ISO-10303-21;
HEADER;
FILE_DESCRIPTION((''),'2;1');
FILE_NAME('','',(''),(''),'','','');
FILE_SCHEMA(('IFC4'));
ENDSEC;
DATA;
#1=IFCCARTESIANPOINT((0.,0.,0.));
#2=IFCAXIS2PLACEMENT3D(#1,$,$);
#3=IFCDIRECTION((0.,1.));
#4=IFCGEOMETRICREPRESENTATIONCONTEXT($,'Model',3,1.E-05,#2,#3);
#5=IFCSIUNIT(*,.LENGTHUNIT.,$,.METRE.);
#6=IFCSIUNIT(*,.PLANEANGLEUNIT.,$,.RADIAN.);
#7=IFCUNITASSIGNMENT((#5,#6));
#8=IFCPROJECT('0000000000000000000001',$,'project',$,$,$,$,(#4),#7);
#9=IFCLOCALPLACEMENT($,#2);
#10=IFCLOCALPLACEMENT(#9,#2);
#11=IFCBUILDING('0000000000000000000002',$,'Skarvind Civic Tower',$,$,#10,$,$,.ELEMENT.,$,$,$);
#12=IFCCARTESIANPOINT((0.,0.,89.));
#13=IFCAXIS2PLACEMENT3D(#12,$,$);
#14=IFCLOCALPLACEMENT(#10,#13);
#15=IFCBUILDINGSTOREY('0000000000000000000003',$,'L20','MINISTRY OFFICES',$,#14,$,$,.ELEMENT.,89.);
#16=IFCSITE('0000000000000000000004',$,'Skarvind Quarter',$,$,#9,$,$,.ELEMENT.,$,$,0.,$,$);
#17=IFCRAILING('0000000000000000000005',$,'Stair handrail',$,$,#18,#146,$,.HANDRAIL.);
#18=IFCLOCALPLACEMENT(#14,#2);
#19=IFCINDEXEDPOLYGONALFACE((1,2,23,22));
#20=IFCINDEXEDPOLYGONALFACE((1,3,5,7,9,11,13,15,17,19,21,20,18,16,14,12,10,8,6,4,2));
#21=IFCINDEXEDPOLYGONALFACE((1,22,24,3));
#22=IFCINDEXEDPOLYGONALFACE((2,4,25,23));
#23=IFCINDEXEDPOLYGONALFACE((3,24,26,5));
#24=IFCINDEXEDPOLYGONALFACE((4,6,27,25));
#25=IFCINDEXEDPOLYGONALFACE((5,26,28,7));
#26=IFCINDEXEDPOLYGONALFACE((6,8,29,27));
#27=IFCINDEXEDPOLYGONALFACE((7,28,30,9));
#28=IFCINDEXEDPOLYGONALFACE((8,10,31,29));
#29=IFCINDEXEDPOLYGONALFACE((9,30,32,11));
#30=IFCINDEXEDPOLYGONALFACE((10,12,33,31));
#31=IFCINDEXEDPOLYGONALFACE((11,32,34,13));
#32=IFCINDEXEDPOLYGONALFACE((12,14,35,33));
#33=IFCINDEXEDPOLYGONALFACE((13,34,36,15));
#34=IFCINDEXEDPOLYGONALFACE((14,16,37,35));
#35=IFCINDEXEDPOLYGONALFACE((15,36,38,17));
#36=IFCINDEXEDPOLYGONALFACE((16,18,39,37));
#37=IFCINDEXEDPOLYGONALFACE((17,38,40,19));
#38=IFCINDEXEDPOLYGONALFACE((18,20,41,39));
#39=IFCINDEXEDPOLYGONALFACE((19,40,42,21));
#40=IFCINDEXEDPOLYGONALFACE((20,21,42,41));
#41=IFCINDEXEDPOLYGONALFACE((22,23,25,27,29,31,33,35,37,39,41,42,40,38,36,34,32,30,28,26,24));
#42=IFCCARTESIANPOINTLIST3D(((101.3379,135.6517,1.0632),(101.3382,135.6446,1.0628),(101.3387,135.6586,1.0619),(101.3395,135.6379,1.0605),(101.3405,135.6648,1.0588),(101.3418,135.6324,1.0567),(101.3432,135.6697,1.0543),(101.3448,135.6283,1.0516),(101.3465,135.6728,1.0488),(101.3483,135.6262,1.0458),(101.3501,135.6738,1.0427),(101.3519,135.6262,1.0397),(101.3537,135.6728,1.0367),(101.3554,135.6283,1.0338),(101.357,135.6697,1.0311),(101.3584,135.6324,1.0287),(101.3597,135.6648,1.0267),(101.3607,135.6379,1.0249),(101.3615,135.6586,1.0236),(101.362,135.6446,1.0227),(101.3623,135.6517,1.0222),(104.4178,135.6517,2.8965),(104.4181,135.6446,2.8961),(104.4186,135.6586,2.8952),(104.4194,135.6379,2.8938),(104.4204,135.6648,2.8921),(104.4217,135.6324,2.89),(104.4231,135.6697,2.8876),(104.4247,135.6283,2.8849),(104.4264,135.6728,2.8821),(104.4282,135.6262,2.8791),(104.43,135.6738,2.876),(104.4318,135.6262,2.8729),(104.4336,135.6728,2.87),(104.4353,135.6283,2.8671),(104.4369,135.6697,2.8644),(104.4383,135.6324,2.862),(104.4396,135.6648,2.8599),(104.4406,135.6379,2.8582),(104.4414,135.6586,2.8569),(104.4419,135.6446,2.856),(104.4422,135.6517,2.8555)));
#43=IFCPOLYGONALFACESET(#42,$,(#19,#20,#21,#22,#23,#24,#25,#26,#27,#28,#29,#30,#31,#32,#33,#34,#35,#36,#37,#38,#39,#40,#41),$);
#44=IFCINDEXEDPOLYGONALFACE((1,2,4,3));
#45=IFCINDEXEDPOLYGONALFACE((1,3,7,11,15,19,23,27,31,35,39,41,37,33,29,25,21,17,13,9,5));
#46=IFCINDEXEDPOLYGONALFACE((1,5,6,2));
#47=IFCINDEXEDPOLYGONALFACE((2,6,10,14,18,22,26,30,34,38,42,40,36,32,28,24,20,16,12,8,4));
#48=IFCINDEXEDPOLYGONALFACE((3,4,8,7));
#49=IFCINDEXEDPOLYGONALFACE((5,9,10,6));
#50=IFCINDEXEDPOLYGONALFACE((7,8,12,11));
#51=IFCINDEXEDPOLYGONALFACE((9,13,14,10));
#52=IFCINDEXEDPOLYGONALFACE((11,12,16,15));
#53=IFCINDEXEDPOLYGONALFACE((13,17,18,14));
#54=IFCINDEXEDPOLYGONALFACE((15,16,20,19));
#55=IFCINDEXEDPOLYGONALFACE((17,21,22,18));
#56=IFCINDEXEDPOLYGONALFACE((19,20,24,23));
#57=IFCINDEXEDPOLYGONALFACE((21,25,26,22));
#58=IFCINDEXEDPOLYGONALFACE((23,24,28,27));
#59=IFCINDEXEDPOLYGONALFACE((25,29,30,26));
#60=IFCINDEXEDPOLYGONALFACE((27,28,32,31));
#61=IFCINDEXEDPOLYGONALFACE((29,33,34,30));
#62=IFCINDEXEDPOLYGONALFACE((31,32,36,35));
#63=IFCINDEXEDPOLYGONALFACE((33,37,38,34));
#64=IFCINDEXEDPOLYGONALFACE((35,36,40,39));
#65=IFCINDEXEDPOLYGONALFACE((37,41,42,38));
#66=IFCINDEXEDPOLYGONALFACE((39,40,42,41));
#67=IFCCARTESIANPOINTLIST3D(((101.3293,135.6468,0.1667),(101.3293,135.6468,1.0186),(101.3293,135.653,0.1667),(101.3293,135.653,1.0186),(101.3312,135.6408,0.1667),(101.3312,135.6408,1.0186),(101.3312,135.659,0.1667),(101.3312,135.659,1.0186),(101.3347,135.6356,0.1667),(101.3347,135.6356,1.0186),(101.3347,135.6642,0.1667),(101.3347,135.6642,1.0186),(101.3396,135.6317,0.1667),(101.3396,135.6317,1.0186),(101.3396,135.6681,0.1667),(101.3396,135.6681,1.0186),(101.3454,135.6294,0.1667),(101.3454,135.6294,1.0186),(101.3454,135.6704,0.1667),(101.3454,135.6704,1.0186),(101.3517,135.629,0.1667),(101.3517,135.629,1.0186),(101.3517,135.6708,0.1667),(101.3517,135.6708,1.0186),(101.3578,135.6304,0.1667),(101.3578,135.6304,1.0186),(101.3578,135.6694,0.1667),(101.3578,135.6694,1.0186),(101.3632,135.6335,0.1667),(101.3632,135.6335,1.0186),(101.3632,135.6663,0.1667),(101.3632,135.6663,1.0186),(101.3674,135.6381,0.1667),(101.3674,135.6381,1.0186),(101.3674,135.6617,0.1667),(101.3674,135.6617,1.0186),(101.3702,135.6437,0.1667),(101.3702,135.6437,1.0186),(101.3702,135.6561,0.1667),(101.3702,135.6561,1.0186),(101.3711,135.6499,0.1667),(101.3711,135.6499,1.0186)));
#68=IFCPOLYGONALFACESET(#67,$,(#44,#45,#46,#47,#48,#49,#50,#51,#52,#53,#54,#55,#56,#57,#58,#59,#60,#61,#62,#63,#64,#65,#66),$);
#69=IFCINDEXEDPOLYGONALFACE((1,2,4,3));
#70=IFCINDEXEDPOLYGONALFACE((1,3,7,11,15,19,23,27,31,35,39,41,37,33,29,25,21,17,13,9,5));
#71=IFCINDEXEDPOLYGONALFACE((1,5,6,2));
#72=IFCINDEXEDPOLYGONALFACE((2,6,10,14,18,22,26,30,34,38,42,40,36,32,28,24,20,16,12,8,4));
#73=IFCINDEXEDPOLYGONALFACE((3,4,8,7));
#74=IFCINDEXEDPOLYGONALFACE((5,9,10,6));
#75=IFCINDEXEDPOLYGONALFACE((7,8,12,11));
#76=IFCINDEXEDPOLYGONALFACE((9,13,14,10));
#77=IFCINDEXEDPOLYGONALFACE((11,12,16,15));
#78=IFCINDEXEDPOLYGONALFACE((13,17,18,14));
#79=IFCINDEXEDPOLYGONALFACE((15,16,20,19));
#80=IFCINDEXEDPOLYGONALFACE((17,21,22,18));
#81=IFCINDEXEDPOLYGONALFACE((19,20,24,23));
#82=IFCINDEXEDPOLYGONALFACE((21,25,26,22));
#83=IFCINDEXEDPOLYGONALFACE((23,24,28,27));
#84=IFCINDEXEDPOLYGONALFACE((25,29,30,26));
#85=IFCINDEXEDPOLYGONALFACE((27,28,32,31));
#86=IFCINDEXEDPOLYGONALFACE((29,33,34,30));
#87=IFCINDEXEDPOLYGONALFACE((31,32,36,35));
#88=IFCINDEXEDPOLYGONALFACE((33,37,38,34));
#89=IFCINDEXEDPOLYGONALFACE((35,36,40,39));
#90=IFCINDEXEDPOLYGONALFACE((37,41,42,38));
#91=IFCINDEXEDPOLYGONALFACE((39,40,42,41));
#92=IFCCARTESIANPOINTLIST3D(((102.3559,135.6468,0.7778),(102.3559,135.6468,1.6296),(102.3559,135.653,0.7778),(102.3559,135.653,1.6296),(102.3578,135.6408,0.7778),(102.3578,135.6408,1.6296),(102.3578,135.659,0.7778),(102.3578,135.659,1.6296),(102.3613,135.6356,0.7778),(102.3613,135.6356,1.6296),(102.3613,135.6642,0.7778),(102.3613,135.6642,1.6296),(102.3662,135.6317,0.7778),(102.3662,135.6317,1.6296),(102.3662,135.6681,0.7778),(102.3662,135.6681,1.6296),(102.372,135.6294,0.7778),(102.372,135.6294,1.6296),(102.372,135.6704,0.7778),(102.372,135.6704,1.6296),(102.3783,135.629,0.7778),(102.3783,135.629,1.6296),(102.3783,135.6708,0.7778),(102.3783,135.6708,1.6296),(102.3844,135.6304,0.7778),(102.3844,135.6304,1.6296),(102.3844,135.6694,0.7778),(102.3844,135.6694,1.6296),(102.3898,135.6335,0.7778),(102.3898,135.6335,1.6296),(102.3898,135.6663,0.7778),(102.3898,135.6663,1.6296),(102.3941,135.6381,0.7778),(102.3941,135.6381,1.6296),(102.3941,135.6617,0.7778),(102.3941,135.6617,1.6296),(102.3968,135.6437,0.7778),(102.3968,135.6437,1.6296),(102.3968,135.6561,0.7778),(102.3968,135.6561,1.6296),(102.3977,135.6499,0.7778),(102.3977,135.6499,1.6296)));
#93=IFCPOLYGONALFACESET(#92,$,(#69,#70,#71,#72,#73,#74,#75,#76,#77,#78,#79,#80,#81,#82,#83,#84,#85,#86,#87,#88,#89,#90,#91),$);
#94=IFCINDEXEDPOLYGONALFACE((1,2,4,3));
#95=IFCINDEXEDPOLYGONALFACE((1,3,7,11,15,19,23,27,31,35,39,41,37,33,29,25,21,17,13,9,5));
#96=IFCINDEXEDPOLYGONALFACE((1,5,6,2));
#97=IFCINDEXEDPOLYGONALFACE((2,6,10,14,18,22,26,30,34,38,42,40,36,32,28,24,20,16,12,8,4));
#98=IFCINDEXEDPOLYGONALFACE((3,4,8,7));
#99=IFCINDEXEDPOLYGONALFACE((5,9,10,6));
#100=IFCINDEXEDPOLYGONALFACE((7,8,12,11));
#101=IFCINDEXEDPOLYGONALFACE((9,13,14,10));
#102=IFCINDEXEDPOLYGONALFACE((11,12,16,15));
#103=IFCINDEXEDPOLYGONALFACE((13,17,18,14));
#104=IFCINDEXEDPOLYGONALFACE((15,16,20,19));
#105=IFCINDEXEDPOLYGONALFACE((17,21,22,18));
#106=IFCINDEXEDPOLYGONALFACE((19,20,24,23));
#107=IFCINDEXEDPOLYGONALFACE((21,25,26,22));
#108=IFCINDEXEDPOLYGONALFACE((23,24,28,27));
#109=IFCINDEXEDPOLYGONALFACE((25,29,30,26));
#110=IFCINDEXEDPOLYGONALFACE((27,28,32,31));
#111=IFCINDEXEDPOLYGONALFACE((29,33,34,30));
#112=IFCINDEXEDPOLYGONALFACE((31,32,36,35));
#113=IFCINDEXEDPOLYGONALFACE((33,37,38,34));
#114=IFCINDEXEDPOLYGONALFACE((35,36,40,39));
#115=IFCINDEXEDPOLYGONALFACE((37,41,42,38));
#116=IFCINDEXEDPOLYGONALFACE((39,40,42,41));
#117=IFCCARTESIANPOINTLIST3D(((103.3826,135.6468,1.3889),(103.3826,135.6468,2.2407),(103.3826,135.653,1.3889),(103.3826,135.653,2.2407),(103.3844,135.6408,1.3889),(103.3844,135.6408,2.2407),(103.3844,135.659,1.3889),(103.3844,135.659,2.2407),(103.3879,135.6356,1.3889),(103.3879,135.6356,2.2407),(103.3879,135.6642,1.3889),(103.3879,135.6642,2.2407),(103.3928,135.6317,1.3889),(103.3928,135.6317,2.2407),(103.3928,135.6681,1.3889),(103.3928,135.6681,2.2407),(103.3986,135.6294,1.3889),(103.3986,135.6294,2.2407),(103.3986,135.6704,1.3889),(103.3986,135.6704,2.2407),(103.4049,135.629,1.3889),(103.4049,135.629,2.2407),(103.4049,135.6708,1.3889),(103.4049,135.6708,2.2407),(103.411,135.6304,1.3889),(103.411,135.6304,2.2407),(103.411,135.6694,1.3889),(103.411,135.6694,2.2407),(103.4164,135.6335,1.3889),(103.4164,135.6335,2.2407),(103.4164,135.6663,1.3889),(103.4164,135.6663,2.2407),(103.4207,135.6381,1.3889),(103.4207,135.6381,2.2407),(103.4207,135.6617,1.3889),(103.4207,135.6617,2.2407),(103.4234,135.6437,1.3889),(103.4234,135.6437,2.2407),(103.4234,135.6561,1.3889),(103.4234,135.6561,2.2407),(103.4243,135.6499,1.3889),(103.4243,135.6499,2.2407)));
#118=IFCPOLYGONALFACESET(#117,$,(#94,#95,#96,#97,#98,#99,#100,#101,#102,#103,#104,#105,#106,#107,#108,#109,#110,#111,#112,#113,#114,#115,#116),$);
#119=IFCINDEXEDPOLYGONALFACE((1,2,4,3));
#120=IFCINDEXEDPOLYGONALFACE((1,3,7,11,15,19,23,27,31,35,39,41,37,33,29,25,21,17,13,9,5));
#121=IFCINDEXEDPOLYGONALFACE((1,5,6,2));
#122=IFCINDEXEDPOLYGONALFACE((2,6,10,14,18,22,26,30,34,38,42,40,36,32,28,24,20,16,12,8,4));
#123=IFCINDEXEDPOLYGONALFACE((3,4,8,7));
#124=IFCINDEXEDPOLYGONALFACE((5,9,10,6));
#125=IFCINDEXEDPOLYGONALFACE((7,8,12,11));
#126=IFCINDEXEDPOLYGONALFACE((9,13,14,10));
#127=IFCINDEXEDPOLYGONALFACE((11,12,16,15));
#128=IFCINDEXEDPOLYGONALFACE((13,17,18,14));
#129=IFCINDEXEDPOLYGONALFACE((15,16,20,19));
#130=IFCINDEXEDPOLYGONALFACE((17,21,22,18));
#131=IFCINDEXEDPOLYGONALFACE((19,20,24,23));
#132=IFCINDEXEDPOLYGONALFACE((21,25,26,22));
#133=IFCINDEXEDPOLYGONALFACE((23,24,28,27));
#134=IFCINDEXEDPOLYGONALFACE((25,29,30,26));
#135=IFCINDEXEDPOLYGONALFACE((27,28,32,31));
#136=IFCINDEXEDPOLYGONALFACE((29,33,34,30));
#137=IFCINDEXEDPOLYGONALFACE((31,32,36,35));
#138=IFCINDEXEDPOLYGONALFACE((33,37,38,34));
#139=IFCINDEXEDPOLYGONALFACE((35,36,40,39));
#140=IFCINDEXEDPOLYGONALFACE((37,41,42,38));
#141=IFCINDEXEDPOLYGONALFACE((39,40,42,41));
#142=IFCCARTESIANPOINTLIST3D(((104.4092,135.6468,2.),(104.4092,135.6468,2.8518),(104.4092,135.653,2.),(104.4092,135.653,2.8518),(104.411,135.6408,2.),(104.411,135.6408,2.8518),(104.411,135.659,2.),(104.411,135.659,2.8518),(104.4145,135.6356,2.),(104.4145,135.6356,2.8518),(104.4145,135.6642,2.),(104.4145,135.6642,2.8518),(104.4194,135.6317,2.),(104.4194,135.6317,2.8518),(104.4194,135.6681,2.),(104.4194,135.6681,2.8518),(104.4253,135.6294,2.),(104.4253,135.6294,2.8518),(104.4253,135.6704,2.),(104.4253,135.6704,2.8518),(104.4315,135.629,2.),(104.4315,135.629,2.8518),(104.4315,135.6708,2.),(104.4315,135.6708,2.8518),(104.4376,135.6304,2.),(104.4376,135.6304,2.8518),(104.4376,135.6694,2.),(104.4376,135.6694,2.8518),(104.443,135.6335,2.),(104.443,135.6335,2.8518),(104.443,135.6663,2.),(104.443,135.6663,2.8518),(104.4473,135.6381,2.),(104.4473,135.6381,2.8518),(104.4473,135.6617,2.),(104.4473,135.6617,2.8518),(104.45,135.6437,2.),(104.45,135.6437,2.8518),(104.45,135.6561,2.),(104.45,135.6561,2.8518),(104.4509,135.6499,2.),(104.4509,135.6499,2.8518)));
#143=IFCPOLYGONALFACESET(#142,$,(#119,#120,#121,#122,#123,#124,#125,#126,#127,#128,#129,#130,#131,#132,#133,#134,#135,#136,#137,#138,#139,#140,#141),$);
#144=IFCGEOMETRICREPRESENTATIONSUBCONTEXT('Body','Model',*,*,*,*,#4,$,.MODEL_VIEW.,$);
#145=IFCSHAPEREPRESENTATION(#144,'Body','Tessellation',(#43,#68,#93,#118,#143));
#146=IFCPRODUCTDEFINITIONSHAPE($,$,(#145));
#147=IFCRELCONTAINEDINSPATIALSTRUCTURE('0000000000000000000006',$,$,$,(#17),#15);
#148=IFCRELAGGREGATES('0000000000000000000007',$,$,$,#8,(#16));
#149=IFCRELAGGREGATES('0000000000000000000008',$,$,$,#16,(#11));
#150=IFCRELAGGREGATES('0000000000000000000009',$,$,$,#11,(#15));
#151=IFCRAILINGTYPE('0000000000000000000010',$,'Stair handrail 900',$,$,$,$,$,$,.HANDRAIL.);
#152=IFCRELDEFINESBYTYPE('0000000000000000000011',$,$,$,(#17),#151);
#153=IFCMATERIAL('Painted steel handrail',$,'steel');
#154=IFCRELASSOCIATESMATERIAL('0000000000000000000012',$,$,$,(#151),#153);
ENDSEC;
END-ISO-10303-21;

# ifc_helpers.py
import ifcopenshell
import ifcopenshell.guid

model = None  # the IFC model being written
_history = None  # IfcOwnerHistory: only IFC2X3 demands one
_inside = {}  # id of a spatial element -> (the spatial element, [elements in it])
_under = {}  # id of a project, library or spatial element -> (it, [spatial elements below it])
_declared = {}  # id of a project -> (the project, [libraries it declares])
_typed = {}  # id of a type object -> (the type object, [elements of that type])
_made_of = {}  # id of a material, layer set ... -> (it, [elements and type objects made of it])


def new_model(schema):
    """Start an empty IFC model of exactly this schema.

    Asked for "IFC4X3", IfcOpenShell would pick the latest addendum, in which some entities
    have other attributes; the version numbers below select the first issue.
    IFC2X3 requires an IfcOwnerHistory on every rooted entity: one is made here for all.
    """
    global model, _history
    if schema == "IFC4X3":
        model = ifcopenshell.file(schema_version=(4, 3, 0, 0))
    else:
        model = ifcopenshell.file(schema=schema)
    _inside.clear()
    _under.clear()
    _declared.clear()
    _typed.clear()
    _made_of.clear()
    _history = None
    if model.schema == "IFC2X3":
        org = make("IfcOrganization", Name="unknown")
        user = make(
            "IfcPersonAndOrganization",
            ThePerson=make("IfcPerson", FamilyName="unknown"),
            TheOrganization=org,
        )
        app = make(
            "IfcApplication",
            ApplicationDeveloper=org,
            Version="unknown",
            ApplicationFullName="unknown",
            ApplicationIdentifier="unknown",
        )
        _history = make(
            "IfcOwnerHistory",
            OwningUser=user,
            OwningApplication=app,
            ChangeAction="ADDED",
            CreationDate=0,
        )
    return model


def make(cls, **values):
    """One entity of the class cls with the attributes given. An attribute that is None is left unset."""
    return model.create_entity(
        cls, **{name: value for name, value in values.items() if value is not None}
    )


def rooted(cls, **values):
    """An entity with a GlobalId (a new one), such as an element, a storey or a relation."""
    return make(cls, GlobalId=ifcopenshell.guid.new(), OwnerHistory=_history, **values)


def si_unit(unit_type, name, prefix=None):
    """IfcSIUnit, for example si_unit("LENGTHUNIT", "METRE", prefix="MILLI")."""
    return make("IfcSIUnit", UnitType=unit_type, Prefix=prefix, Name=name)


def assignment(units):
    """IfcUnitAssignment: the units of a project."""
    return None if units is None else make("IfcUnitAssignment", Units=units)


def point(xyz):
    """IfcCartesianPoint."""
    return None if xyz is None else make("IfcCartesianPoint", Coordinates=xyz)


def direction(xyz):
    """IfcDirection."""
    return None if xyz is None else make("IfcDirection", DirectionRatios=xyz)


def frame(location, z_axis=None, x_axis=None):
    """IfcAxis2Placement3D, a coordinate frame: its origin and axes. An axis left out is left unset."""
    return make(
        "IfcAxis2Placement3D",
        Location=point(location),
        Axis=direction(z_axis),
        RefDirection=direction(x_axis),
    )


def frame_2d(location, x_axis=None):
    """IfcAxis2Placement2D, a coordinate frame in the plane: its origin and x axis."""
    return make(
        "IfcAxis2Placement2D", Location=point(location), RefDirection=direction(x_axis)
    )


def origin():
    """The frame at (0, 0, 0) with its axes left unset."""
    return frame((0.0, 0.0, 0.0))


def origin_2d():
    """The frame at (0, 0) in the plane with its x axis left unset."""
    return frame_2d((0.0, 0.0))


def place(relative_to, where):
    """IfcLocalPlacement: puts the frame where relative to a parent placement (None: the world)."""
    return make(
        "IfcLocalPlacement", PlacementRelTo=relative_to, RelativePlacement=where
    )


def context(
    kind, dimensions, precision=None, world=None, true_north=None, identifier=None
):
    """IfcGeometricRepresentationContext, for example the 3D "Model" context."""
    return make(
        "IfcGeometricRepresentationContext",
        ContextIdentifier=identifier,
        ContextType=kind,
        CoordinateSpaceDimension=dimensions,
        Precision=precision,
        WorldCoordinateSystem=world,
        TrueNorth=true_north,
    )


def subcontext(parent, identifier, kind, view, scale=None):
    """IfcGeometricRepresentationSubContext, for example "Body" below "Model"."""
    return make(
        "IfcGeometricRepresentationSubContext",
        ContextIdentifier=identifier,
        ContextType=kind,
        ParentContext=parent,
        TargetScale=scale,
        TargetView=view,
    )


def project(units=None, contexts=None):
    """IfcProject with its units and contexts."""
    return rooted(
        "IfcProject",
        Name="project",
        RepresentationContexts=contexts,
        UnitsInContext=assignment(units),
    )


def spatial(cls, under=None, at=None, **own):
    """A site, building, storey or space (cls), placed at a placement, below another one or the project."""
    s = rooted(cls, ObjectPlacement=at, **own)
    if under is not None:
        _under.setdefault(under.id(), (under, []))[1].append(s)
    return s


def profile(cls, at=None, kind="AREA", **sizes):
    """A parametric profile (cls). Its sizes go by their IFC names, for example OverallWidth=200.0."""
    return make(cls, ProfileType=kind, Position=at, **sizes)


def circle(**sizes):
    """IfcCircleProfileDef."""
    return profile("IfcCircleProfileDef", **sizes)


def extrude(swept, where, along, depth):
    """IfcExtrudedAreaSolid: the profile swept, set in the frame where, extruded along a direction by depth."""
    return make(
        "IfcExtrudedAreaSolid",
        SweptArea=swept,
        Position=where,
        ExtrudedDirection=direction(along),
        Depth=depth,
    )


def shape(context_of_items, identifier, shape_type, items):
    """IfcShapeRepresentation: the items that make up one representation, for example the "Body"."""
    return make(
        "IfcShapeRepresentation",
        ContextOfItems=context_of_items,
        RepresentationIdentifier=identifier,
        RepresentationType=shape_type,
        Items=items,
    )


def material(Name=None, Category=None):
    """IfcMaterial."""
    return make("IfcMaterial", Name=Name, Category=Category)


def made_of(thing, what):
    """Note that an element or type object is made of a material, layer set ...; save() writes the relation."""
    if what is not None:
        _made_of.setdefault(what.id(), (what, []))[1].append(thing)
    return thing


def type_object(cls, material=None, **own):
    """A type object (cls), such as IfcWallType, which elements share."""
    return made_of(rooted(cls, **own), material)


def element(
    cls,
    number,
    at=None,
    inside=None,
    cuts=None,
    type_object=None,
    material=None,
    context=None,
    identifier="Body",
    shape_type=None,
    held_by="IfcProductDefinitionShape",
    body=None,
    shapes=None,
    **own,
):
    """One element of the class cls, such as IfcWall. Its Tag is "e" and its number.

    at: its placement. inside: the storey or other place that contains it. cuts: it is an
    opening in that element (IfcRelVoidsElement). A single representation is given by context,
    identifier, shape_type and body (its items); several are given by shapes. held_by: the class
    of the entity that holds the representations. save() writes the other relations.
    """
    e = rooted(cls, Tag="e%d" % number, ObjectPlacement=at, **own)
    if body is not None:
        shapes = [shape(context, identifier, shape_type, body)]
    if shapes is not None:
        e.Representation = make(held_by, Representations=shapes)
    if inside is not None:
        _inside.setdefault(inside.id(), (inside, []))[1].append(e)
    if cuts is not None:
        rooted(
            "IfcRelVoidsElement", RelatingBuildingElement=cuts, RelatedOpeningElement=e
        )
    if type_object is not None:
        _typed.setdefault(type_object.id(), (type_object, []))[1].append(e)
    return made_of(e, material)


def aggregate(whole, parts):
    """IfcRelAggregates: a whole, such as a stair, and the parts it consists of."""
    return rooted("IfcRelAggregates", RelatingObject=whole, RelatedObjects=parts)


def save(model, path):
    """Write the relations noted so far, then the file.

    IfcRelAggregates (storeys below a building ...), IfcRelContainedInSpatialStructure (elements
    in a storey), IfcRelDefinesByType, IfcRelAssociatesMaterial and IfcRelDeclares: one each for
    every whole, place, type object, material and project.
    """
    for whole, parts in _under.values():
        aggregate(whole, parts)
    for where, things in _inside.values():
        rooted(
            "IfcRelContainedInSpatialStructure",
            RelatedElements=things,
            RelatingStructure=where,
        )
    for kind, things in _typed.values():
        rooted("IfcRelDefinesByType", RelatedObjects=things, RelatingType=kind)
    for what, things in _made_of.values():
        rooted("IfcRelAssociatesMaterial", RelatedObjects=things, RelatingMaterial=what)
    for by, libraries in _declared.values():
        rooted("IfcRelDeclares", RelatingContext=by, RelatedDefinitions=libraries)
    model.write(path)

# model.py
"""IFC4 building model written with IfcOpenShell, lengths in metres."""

from ifc_helpers import new_model, si_unit, direction, frame, origin, origin_2d, place, context, subcontext, project, spatial, circle, extrude, material, type_object, element, save


model = new_model("IFC4")

# Units and contexts
model_context = context("Model", 3, precision=1e-05, world=origin(), true_north=direction((0.0, 1.0)))
body_context = subcontext(model_context, "Body", "Model", "MODEL_VIEW")
ifc_project = project(units=[si_unit("LENGTHUNIT", "METRE"), si_unit("PLANEANGLEUNIT", "RADIAN")], contexts=[model_context])

# Site, building, storey
site_placement = place(None, origin())
site = spatial("IfcSite", under=ifc_project, at=site_placement, Name="Skarvind Quarter", CompositionType="ELEMENT", RefElevation=0.0)
building_placement = place(site_placement, origin())
building = spatial("IfcBuilding", under=site, at=building_placement, Name="Skarvind Civic Tower", CompositionType="ELEMENT")
storey_placement = place(building_placement, frame((0.0, 0.0, 89.0)))
storey = spatial("IfcBuildingStorey", under=building, at=storey_placement, Name="L20", Description="MINISTRY OFFICES", CompositionType="ELEMENT", Elevation=89.0)

# Railing
ifc_material_1 = material(Name="Painted steel handrail", Category="steel")
railing_type = type_object("IfcRailingType", Name="Stair handrail 900", PredefinedType="HANDRAIL", material=ifc_material_1)
railing_placement = place(storey_placement, frame((101.3501, 135.6499, 0.1667)))
element("IfcRailing", 1, at=railing_placement, inside=storey, type_object=railing_type, Name="Stair handrail", PredefinedType="HANDRAIL", context=body_context, shape_type="SweptSolid", body=[
    extrude(circle(Radius=0.0239, at=origin_2d()), frame((0.0, 0.0, 0.876), z_axis=(0.859291, 0.0, 0.511487), x_axis=(0.0, 1.0, 0.0)), (0.0, 0.0, 1.0), 3.5842),
    extrude(circle(Radius=0.021, at=origin_2d()), origin(), (0.0, 0.0, 1.0), 0.8518),
    extrude(circle(Radius=0.021, at=origin_2d()), frame((1.0266, 0.0, 0.6111)), (0.0, 0.0, 1.0), 0.8518),
    extrude(circle(Radius=0.021, at=origin_2d()), frame((2.0532, 0.0, 1.2222)), (0.0, 0.0, 1.0), 0.8518),
    extrude(circle(Radius=0.021, at=origin_2d()), frame((3.0798, 0.0, 1.8333)), (0.0, 0.0, 1.0), 0.8518),
])

save(model, "model.ifc")
